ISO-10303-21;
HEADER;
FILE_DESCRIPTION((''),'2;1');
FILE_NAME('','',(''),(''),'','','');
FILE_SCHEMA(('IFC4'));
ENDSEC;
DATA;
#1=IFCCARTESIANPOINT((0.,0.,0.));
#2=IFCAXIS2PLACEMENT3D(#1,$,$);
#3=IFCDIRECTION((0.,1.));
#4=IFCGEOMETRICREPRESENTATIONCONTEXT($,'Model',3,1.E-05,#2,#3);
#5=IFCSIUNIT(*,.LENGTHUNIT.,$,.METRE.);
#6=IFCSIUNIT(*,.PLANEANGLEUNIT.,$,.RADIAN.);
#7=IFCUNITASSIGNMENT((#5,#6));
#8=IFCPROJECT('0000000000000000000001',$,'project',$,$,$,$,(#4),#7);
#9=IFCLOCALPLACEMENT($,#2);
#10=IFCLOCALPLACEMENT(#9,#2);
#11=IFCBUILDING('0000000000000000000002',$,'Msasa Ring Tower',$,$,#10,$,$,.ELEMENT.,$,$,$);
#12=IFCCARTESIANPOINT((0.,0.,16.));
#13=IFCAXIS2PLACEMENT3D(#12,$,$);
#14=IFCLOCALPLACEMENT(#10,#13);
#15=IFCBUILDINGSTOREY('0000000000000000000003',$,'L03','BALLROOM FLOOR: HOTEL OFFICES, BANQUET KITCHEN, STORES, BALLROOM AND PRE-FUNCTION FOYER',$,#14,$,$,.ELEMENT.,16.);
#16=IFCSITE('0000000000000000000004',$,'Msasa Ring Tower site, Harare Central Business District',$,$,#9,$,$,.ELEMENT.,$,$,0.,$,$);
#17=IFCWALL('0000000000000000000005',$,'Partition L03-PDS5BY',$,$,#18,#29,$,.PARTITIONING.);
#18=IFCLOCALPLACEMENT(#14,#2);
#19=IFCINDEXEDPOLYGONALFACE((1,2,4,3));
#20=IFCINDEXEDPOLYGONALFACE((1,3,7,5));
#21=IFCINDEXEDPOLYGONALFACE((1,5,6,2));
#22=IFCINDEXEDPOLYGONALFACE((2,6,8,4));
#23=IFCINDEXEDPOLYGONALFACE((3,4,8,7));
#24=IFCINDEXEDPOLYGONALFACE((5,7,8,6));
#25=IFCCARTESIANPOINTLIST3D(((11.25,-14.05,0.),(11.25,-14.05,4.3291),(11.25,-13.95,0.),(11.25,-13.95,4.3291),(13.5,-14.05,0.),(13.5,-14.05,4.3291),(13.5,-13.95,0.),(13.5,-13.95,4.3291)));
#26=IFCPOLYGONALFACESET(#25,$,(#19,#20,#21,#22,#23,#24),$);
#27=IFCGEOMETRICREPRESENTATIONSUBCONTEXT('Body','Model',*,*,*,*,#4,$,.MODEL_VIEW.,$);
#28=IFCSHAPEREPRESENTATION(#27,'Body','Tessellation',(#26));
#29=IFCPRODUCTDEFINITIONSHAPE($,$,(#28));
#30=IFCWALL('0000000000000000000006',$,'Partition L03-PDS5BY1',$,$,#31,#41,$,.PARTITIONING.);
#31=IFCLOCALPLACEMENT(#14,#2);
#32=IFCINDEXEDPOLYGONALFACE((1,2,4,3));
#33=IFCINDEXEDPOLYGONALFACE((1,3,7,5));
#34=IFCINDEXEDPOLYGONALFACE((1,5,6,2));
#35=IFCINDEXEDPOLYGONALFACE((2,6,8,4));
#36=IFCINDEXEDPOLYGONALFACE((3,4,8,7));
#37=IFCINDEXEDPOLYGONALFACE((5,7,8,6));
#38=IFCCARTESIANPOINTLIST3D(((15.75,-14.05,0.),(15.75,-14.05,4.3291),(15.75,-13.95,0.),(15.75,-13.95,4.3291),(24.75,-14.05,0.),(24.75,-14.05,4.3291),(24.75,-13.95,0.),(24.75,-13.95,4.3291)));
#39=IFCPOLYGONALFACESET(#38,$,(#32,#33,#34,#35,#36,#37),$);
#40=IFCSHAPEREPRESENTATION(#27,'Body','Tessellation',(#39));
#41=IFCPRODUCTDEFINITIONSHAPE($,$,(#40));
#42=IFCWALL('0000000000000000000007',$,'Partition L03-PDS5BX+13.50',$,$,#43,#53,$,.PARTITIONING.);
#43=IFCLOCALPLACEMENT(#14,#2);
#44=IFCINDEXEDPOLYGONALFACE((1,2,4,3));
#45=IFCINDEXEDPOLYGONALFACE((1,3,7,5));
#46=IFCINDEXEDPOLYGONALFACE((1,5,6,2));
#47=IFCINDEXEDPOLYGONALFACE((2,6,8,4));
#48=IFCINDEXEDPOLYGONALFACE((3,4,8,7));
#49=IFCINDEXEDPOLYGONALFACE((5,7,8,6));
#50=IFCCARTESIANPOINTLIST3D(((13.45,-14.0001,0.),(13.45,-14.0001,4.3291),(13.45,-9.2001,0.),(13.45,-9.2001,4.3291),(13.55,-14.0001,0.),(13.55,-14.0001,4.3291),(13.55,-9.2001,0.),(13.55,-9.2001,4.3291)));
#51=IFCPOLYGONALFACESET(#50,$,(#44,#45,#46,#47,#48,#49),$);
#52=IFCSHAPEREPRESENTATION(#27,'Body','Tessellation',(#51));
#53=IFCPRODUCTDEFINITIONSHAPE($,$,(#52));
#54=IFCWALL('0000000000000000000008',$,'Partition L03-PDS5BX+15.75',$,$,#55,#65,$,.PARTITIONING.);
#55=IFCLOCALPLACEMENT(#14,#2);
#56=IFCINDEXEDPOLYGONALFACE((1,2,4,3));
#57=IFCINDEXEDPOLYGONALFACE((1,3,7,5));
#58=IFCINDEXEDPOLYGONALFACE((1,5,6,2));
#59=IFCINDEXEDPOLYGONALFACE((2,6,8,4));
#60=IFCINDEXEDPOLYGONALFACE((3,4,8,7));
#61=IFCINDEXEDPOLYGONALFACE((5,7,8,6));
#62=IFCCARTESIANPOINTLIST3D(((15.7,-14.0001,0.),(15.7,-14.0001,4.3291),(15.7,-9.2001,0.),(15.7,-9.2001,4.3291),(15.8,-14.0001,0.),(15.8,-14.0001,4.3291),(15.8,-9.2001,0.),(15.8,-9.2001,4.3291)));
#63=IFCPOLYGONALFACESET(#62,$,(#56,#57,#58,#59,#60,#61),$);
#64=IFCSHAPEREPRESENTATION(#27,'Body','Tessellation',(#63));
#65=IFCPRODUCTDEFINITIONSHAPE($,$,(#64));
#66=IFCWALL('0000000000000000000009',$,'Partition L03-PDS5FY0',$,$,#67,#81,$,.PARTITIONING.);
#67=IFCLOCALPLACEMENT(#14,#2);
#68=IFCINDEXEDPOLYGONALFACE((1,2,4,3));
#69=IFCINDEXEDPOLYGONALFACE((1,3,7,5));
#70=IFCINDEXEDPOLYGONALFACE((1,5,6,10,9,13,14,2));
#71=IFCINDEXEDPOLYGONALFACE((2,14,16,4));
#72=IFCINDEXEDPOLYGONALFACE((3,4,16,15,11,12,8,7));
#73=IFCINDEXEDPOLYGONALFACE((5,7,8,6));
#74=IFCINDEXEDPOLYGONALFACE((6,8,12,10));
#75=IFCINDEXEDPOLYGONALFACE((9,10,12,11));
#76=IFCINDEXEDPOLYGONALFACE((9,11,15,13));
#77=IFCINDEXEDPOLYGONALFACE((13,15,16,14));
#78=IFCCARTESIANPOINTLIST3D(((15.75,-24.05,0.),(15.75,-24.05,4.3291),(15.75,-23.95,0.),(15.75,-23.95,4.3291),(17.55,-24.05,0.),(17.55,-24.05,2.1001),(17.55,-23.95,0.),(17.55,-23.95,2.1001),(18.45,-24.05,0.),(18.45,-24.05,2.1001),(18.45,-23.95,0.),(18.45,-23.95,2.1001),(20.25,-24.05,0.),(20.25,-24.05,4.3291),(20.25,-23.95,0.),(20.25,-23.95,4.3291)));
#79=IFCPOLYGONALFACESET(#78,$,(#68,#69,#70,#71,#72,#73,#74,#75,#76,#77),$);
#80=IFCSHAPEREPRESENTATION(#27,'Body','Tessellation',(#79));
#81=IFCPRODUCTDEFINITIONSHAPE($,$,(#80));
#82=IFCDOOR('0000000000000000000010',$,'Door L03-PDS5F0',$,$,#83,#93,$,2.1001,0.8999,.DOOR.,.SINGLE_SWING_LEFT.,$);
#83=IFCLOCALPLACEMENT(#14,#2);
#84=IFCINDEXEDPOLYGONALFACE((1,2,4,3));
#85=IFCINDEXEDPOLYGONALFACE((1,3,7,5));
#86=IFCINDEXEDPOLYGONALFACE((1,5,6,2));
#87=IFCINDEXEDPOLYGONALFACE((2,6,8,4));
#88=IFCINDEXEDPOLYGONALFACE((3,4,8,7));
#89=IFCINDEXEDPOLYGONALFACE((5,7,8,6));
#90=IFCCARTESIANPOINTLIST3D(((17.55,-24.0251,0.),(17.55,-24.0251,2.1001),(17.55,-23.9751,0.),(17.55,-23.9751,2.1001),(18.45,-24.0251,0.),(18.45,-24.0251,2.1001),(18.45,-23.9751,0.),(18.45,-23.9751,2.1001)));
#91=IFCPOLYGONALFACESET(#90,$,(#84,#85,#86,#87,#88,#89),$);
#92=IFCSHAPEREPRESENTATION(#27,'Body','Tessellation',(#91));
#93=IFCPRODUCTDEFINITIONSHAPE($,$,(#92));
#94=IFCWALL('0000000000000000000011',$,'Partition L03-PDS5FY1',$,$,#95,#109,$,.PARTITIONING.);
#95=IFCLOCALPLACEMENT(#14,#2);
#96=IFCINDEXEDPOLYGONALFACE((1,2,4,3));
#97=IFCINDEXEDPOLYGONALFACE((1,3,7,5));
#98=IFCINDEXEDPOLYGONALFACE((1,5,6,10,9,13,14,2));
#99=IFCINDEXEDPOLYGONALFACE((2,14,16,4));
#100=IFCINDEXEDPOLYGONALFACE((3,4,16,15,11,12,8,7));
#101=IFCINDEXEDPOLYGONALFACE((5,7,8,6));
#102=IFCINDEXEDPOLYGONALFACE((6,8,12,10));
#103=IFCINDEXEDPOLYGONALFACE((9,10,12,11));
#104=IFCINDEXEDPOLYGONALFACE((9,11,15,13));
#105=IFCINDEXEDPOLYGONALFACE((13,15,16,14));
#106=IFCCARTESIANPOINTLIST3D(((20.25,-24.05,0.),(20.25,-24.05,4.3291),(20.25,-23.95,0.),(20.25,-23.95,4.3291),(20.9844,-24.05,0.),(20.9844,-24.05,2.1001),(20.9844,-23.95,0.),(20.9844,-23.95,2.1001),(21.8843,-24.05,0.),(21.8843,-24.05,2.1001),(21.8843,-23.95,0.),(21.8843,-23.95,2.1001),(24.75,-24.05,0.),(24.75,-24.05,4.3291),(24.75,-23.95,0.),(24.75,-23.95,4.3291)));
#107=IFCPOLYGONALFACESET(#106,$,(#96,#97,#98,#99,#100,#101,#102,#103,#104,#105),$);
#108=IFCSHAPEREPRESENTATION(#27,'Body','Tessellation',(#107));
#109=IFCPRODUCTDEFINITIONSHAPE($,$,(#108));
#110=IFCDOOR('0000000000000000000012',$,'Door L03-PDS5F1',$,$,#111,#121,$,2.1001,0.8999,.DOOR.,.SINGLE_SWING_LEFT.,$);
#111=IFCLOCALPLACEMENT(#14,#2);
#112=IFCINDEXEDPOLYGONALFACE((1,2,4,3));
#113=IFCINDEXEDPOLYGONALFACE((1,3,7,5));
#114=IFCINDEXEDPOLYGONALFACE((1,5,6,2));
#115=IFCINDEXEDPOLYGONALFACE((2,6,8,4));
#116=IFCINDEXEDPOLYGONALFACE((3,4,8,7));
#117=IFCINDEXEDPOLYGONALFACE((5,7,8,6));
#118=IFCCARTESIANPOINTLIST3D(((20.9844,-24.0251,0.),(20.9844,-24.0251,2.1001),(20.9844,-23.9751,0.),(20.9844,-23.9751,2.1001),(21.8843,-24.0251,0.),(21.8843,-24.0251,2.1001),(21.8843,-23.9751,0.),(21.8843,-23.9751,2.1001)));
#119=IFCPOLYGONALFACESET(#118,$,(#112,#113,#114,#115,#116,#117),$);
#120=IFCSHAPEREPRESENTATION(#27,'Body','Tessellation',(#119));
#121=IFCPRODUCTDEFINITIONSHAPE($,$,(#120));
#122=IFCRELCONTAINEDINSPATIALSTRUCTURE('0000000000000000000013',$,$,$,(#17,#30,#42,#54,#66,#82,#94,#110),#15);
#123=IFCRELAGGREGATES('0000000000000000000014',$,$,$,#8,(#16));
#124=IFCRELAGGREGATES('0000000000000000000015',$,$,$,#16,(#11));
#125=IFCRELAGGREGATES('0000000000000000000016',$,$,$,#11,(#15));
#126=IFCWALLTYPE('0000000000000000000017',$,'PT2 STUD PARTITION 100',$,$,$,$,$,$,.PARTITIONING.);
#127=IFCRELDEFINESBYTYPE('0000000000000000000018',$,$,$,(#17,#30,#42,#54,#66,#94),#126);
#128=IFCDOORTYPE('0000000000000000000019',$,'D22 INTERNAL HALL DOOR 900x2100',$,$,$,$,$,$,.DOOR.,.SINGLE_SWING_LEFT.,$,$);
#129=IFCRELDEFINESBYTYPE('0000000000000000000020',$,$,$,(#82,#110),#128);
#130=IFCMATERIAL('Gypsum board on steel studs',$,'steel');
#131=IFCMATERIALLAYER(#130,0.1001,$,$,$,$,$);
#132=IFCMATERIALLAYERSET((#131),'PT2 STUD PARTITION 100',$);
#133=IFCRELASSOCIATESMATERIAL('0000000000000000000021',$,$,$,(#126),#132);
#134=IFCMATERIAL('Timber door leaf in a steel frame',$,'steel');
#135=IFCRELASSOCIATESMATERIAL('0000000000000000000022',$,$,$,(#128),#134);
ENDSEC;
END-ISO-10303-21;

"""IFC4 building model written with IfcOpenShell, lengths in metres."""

from ifc_helpers import new_model, si_unit, direction, frame, frame_2d, origin, place, context, subcontext, project, spatial, rectangle, extrude, material, layer, layer_set, type_object, element, fill, save


model = new_model("IFC4")

# Units and contexts
model_context = context("Model", 3, precision=1e-05, world=origin(), true_north=direction((0.0, 1.0)))
body_context = subcontext(model_context, "Body", "Model", "MODEL_VIEW")
ifc_project = project(units=[si_unit("LENGTHUNIT", "METRE"), si_unit("PLANEANGLEUNIT", "RADIAN")], contexts=[model_context])

# Site, building, storey
site_placement = place(None, origin())
site = spatial("IfcSite", under=ifc_project, at=site_placement, Name="Msasa Ring Tower site, Harare Central Business District", CompositionType="ELEMENT", RefElevation=0.0)
building_placement = place(site_placement, origin())
building = spatial("IfcBuilding", under=site, at=building_placement, Name="Msasa Ring Tower", CompositionType="ELEMENT")
storey_placement = place(building_placement, frame((0.0, 0.0, 16.0)))
storey = spatial("IfcBuildingStorey", under=building, at=storey_placement, Name="L03", Description="BALLROOM FLOOR: HOTEL OFFICES, BANQUET KITCHEN, STORES, BALLROOM AND PRE-FUNCTION FOYER", CompositionType="ELEMENT", Elevation=16.0)

# Shared definitions
ifc_material_1 = material(Name="Gypsum board on steel studs", Category="steel")
ifc_layer_1 = layer(ifc_material_1, 0.1001)
ifc_layer_set_1 = layer_set([ifc_layer_1], Name="PT2 STUD PARTITION 100")
wall_type_1 = type_object("IfcWallType", Name="PT2 STUD PARTITION 100", PredefinedType="PARTITIONING", material=ifc_layer_set_1)

# Shared definitions
ifc_material_2 = material(Name="Timber door leaf in a steel frame", Category="steel")
door_type_1 = type_object("IfcDoorType", Name="D22 INTERNAL HALL DOOR 900x2100", OperationType="SINGLE_SWING_LEFT", PredefinedType="DOOR", material=ifc_material_2)

# Walls
wall_1_placement = place(storey_placement, frame((11.25, -14.0, 0.0), z_axis=(0.0, 0.0, 1.0), x_axis=(1.0, 0.0, 0.0)))
element("IfcWall", 1, at=wall_1_placement, inside=storey, type_object=wall_type_1, Name="Partition L03-PDS5BY", PredefinedType="PARTITIONING", context=body_context, shape_type="SweptSolid", body=[
    extrude(rectangle(XDim=2.25, YDim=0.1001, at=frame_2d((1.125, 0.0))), origin(), (0.0, 0.0, 1.0), 4.3291),
])
wall_2_placement = place(storey_placement, frame((15.75, -14.0, 0.0), z_axis=(0.0, 0.0, 1.0), x_axis=(1.0, 0.0, 0.0)))
element("IfcWall", 2, at=wall_2_placement, inside=storey, type_object=wall_type_1, Name="Partition L03-PDS5BY1", PredefinedType="PARTITIONING", context=body_context, shape_type="SweptSolid", body=[
    extrude(rectangle(XDim=9.0, YDim=0.1001, at=frame_2d((4.5, 0.0))), origin(), (0.0, 0.0, 1.0), 4.3291),
])
for number, where, z_axis, x_axis, name in (
    (3, (13.5, -14.0, 0.0), (0.0, 0.0, 1.0), (0.0, 1.0, 0.0), "Partition L03-PDS5BX+13.50"),
    (4, (15.75, -14.0, 0.0), (0.0, 0.0, 1.0), (0.0, 1.0, 0.0), "Partition L03-PDS5BX+15.75"),
):
    element("IfcWall", number, at=place(storey_placement, frame(where, z_axis=z_axis, x_axis=x_axis)), inside=storey, type_object=wall_type_1, Name=name, PredefinedType="PARTITIONING", context=body_context, shape_type="SweptSolid", body=[
        extrude(rectangle(XDim=4.8, YDim=0.1001, at=frame_2d((2.3999, 0.0))), origin(), (0.0, 0.0, 1.0), 4.3291),
    ])

# Walls, openings, doors
wall_3_placement = place(storey_placement, frame((15.75, -24.0, 0.0), z_axis=(0.0, 0.0, 1.0), x_axis=(1.0, 0.0, 0.0)))
wall_3 = element("IfcWall", 5, at=wall_3_placement, inside=storey, type_object=wall_type_1, Name="Partition L03-PDS5FY0", PredefinedType="PARTITIONING", context=body_context, shape_type="SweptSolid", body=[
    extrude(rectangle(XDim=4.5, YDim=0.1001, at=frame_2d((2.25, 0.0))), origin(), (0.0, 0.0, 1.0), 4.3291),
])
opening_1_placement = place(wall_3_placement, frame((1.8, 0.0, 0.0)))
opening_1 = element("IfcOpeningElement", 6, at=opening_1_placement, cuts=wall_3, PredefinedType="OPENING", context=body_context, shape_type="SweptSolid", body=[
    extrude(rectangle(XDim=0.8999, YDim=2.1001, at=frame_2d((0.45, 1.05))), frame((0.0, 0.0601, 0.0), z_axis=(0.0, -1.0, 0.0), x_axis=(1.0, 0.0, 0.0)), (0.0, 0.0, 1.0), 0.1201),
])
door_1_placement = place(opening_1_placement, origin())
door_1 = element("IfcDoor", 7, at=door_1_placement, inside=storey, type_object=door_type_1, Name="Door L03-PDS5F0", OperationType="SINGLE_SWING_LEFT", OverallHeight=2.1001, OverallWidth=0.8999, PredefinedType="DOOR", context=body_context, shape_type="SweptSolid", body=[
    extrude(rectangle(XDim=0.8999, YDim=2.1001, at=frame_2d((0.45, 1.05))), frame((0.0, 0.0249, 0.0), z_axis=(0.0, -1.0, 0.0), x_axis=(1.0, 0.0, 0.0)), (0.0, 0.0, 1.0), 0.05),
])
fill(opening_1, door_1)
wall_4_placement = place(storey_placement, frame((20.25, -24.0, 0.0), z_axis=(0.0, 0.0, 1.0), x_axis=(1.0, 0.0, 0.0)))
wall_4 = element("IfcWall", 8, at=wall_4_placement, inside=storey, type_object=wall_type_1, Name="Partition L03-PDS5FY1", PredefinedType="PARTITIONING", context=body_context, shape_type="SweptSolid", body=[
    extrude(rectangle(XDim=4.5, YDim=0.1001, at=frame_2d((2.25, 0.0))), origin(), (0.0, 0.0, 1.0), 4.3291),
])
opening_2_placement = place(wall_4_placement, frame((0.7344, 0.0, 0.0)))
opening_2 = element("IfcOpeningElement", 9, at=opening_2_placement, cuts=wall_4, PredefinedType="OPENING", context=body_context, shape_type="SweptSolid", body=[
    extrude(rectangle(XDim=0.8999, YDim=2.1001, at=frame_2d((0.45, 1.05))), frame((0.0, 0.0601, 0.0), z_axis=(0.0, -1.0, 0.0), x_axis=(1.0, 0.0, 0.0)), (0.0, 0.0, 1.0), 0.1201),
])
door_2_placement = place(opening_2_placement, origin())
door_2 = element("IfcDoor", 10, at=door_2_placement, inside=storey, type_object=door_type_1, Name="Door L03-PDS5F1", OperationType="SINGLE_SWING_LEFT", OverallHeight=2.1001, OverallWidth=0.8999, PredefinedType="DOOR", context=body_context, shape_type="SweptSolid", body=[
    extrude(rectangle(XDim=0.8999, YDim=2.1001, at=frame_2d((0.45, 1.05))), frame((0.0, 0.0249, 0.0), z_axis=(0.0, -1.0, 0.0), x_axis=(1.0, 0.0, 0.0)), (0.0, 0.0, 1.0), 0.05),
])
fill(opening_2, door_2)

save(model, "model.ifc")
